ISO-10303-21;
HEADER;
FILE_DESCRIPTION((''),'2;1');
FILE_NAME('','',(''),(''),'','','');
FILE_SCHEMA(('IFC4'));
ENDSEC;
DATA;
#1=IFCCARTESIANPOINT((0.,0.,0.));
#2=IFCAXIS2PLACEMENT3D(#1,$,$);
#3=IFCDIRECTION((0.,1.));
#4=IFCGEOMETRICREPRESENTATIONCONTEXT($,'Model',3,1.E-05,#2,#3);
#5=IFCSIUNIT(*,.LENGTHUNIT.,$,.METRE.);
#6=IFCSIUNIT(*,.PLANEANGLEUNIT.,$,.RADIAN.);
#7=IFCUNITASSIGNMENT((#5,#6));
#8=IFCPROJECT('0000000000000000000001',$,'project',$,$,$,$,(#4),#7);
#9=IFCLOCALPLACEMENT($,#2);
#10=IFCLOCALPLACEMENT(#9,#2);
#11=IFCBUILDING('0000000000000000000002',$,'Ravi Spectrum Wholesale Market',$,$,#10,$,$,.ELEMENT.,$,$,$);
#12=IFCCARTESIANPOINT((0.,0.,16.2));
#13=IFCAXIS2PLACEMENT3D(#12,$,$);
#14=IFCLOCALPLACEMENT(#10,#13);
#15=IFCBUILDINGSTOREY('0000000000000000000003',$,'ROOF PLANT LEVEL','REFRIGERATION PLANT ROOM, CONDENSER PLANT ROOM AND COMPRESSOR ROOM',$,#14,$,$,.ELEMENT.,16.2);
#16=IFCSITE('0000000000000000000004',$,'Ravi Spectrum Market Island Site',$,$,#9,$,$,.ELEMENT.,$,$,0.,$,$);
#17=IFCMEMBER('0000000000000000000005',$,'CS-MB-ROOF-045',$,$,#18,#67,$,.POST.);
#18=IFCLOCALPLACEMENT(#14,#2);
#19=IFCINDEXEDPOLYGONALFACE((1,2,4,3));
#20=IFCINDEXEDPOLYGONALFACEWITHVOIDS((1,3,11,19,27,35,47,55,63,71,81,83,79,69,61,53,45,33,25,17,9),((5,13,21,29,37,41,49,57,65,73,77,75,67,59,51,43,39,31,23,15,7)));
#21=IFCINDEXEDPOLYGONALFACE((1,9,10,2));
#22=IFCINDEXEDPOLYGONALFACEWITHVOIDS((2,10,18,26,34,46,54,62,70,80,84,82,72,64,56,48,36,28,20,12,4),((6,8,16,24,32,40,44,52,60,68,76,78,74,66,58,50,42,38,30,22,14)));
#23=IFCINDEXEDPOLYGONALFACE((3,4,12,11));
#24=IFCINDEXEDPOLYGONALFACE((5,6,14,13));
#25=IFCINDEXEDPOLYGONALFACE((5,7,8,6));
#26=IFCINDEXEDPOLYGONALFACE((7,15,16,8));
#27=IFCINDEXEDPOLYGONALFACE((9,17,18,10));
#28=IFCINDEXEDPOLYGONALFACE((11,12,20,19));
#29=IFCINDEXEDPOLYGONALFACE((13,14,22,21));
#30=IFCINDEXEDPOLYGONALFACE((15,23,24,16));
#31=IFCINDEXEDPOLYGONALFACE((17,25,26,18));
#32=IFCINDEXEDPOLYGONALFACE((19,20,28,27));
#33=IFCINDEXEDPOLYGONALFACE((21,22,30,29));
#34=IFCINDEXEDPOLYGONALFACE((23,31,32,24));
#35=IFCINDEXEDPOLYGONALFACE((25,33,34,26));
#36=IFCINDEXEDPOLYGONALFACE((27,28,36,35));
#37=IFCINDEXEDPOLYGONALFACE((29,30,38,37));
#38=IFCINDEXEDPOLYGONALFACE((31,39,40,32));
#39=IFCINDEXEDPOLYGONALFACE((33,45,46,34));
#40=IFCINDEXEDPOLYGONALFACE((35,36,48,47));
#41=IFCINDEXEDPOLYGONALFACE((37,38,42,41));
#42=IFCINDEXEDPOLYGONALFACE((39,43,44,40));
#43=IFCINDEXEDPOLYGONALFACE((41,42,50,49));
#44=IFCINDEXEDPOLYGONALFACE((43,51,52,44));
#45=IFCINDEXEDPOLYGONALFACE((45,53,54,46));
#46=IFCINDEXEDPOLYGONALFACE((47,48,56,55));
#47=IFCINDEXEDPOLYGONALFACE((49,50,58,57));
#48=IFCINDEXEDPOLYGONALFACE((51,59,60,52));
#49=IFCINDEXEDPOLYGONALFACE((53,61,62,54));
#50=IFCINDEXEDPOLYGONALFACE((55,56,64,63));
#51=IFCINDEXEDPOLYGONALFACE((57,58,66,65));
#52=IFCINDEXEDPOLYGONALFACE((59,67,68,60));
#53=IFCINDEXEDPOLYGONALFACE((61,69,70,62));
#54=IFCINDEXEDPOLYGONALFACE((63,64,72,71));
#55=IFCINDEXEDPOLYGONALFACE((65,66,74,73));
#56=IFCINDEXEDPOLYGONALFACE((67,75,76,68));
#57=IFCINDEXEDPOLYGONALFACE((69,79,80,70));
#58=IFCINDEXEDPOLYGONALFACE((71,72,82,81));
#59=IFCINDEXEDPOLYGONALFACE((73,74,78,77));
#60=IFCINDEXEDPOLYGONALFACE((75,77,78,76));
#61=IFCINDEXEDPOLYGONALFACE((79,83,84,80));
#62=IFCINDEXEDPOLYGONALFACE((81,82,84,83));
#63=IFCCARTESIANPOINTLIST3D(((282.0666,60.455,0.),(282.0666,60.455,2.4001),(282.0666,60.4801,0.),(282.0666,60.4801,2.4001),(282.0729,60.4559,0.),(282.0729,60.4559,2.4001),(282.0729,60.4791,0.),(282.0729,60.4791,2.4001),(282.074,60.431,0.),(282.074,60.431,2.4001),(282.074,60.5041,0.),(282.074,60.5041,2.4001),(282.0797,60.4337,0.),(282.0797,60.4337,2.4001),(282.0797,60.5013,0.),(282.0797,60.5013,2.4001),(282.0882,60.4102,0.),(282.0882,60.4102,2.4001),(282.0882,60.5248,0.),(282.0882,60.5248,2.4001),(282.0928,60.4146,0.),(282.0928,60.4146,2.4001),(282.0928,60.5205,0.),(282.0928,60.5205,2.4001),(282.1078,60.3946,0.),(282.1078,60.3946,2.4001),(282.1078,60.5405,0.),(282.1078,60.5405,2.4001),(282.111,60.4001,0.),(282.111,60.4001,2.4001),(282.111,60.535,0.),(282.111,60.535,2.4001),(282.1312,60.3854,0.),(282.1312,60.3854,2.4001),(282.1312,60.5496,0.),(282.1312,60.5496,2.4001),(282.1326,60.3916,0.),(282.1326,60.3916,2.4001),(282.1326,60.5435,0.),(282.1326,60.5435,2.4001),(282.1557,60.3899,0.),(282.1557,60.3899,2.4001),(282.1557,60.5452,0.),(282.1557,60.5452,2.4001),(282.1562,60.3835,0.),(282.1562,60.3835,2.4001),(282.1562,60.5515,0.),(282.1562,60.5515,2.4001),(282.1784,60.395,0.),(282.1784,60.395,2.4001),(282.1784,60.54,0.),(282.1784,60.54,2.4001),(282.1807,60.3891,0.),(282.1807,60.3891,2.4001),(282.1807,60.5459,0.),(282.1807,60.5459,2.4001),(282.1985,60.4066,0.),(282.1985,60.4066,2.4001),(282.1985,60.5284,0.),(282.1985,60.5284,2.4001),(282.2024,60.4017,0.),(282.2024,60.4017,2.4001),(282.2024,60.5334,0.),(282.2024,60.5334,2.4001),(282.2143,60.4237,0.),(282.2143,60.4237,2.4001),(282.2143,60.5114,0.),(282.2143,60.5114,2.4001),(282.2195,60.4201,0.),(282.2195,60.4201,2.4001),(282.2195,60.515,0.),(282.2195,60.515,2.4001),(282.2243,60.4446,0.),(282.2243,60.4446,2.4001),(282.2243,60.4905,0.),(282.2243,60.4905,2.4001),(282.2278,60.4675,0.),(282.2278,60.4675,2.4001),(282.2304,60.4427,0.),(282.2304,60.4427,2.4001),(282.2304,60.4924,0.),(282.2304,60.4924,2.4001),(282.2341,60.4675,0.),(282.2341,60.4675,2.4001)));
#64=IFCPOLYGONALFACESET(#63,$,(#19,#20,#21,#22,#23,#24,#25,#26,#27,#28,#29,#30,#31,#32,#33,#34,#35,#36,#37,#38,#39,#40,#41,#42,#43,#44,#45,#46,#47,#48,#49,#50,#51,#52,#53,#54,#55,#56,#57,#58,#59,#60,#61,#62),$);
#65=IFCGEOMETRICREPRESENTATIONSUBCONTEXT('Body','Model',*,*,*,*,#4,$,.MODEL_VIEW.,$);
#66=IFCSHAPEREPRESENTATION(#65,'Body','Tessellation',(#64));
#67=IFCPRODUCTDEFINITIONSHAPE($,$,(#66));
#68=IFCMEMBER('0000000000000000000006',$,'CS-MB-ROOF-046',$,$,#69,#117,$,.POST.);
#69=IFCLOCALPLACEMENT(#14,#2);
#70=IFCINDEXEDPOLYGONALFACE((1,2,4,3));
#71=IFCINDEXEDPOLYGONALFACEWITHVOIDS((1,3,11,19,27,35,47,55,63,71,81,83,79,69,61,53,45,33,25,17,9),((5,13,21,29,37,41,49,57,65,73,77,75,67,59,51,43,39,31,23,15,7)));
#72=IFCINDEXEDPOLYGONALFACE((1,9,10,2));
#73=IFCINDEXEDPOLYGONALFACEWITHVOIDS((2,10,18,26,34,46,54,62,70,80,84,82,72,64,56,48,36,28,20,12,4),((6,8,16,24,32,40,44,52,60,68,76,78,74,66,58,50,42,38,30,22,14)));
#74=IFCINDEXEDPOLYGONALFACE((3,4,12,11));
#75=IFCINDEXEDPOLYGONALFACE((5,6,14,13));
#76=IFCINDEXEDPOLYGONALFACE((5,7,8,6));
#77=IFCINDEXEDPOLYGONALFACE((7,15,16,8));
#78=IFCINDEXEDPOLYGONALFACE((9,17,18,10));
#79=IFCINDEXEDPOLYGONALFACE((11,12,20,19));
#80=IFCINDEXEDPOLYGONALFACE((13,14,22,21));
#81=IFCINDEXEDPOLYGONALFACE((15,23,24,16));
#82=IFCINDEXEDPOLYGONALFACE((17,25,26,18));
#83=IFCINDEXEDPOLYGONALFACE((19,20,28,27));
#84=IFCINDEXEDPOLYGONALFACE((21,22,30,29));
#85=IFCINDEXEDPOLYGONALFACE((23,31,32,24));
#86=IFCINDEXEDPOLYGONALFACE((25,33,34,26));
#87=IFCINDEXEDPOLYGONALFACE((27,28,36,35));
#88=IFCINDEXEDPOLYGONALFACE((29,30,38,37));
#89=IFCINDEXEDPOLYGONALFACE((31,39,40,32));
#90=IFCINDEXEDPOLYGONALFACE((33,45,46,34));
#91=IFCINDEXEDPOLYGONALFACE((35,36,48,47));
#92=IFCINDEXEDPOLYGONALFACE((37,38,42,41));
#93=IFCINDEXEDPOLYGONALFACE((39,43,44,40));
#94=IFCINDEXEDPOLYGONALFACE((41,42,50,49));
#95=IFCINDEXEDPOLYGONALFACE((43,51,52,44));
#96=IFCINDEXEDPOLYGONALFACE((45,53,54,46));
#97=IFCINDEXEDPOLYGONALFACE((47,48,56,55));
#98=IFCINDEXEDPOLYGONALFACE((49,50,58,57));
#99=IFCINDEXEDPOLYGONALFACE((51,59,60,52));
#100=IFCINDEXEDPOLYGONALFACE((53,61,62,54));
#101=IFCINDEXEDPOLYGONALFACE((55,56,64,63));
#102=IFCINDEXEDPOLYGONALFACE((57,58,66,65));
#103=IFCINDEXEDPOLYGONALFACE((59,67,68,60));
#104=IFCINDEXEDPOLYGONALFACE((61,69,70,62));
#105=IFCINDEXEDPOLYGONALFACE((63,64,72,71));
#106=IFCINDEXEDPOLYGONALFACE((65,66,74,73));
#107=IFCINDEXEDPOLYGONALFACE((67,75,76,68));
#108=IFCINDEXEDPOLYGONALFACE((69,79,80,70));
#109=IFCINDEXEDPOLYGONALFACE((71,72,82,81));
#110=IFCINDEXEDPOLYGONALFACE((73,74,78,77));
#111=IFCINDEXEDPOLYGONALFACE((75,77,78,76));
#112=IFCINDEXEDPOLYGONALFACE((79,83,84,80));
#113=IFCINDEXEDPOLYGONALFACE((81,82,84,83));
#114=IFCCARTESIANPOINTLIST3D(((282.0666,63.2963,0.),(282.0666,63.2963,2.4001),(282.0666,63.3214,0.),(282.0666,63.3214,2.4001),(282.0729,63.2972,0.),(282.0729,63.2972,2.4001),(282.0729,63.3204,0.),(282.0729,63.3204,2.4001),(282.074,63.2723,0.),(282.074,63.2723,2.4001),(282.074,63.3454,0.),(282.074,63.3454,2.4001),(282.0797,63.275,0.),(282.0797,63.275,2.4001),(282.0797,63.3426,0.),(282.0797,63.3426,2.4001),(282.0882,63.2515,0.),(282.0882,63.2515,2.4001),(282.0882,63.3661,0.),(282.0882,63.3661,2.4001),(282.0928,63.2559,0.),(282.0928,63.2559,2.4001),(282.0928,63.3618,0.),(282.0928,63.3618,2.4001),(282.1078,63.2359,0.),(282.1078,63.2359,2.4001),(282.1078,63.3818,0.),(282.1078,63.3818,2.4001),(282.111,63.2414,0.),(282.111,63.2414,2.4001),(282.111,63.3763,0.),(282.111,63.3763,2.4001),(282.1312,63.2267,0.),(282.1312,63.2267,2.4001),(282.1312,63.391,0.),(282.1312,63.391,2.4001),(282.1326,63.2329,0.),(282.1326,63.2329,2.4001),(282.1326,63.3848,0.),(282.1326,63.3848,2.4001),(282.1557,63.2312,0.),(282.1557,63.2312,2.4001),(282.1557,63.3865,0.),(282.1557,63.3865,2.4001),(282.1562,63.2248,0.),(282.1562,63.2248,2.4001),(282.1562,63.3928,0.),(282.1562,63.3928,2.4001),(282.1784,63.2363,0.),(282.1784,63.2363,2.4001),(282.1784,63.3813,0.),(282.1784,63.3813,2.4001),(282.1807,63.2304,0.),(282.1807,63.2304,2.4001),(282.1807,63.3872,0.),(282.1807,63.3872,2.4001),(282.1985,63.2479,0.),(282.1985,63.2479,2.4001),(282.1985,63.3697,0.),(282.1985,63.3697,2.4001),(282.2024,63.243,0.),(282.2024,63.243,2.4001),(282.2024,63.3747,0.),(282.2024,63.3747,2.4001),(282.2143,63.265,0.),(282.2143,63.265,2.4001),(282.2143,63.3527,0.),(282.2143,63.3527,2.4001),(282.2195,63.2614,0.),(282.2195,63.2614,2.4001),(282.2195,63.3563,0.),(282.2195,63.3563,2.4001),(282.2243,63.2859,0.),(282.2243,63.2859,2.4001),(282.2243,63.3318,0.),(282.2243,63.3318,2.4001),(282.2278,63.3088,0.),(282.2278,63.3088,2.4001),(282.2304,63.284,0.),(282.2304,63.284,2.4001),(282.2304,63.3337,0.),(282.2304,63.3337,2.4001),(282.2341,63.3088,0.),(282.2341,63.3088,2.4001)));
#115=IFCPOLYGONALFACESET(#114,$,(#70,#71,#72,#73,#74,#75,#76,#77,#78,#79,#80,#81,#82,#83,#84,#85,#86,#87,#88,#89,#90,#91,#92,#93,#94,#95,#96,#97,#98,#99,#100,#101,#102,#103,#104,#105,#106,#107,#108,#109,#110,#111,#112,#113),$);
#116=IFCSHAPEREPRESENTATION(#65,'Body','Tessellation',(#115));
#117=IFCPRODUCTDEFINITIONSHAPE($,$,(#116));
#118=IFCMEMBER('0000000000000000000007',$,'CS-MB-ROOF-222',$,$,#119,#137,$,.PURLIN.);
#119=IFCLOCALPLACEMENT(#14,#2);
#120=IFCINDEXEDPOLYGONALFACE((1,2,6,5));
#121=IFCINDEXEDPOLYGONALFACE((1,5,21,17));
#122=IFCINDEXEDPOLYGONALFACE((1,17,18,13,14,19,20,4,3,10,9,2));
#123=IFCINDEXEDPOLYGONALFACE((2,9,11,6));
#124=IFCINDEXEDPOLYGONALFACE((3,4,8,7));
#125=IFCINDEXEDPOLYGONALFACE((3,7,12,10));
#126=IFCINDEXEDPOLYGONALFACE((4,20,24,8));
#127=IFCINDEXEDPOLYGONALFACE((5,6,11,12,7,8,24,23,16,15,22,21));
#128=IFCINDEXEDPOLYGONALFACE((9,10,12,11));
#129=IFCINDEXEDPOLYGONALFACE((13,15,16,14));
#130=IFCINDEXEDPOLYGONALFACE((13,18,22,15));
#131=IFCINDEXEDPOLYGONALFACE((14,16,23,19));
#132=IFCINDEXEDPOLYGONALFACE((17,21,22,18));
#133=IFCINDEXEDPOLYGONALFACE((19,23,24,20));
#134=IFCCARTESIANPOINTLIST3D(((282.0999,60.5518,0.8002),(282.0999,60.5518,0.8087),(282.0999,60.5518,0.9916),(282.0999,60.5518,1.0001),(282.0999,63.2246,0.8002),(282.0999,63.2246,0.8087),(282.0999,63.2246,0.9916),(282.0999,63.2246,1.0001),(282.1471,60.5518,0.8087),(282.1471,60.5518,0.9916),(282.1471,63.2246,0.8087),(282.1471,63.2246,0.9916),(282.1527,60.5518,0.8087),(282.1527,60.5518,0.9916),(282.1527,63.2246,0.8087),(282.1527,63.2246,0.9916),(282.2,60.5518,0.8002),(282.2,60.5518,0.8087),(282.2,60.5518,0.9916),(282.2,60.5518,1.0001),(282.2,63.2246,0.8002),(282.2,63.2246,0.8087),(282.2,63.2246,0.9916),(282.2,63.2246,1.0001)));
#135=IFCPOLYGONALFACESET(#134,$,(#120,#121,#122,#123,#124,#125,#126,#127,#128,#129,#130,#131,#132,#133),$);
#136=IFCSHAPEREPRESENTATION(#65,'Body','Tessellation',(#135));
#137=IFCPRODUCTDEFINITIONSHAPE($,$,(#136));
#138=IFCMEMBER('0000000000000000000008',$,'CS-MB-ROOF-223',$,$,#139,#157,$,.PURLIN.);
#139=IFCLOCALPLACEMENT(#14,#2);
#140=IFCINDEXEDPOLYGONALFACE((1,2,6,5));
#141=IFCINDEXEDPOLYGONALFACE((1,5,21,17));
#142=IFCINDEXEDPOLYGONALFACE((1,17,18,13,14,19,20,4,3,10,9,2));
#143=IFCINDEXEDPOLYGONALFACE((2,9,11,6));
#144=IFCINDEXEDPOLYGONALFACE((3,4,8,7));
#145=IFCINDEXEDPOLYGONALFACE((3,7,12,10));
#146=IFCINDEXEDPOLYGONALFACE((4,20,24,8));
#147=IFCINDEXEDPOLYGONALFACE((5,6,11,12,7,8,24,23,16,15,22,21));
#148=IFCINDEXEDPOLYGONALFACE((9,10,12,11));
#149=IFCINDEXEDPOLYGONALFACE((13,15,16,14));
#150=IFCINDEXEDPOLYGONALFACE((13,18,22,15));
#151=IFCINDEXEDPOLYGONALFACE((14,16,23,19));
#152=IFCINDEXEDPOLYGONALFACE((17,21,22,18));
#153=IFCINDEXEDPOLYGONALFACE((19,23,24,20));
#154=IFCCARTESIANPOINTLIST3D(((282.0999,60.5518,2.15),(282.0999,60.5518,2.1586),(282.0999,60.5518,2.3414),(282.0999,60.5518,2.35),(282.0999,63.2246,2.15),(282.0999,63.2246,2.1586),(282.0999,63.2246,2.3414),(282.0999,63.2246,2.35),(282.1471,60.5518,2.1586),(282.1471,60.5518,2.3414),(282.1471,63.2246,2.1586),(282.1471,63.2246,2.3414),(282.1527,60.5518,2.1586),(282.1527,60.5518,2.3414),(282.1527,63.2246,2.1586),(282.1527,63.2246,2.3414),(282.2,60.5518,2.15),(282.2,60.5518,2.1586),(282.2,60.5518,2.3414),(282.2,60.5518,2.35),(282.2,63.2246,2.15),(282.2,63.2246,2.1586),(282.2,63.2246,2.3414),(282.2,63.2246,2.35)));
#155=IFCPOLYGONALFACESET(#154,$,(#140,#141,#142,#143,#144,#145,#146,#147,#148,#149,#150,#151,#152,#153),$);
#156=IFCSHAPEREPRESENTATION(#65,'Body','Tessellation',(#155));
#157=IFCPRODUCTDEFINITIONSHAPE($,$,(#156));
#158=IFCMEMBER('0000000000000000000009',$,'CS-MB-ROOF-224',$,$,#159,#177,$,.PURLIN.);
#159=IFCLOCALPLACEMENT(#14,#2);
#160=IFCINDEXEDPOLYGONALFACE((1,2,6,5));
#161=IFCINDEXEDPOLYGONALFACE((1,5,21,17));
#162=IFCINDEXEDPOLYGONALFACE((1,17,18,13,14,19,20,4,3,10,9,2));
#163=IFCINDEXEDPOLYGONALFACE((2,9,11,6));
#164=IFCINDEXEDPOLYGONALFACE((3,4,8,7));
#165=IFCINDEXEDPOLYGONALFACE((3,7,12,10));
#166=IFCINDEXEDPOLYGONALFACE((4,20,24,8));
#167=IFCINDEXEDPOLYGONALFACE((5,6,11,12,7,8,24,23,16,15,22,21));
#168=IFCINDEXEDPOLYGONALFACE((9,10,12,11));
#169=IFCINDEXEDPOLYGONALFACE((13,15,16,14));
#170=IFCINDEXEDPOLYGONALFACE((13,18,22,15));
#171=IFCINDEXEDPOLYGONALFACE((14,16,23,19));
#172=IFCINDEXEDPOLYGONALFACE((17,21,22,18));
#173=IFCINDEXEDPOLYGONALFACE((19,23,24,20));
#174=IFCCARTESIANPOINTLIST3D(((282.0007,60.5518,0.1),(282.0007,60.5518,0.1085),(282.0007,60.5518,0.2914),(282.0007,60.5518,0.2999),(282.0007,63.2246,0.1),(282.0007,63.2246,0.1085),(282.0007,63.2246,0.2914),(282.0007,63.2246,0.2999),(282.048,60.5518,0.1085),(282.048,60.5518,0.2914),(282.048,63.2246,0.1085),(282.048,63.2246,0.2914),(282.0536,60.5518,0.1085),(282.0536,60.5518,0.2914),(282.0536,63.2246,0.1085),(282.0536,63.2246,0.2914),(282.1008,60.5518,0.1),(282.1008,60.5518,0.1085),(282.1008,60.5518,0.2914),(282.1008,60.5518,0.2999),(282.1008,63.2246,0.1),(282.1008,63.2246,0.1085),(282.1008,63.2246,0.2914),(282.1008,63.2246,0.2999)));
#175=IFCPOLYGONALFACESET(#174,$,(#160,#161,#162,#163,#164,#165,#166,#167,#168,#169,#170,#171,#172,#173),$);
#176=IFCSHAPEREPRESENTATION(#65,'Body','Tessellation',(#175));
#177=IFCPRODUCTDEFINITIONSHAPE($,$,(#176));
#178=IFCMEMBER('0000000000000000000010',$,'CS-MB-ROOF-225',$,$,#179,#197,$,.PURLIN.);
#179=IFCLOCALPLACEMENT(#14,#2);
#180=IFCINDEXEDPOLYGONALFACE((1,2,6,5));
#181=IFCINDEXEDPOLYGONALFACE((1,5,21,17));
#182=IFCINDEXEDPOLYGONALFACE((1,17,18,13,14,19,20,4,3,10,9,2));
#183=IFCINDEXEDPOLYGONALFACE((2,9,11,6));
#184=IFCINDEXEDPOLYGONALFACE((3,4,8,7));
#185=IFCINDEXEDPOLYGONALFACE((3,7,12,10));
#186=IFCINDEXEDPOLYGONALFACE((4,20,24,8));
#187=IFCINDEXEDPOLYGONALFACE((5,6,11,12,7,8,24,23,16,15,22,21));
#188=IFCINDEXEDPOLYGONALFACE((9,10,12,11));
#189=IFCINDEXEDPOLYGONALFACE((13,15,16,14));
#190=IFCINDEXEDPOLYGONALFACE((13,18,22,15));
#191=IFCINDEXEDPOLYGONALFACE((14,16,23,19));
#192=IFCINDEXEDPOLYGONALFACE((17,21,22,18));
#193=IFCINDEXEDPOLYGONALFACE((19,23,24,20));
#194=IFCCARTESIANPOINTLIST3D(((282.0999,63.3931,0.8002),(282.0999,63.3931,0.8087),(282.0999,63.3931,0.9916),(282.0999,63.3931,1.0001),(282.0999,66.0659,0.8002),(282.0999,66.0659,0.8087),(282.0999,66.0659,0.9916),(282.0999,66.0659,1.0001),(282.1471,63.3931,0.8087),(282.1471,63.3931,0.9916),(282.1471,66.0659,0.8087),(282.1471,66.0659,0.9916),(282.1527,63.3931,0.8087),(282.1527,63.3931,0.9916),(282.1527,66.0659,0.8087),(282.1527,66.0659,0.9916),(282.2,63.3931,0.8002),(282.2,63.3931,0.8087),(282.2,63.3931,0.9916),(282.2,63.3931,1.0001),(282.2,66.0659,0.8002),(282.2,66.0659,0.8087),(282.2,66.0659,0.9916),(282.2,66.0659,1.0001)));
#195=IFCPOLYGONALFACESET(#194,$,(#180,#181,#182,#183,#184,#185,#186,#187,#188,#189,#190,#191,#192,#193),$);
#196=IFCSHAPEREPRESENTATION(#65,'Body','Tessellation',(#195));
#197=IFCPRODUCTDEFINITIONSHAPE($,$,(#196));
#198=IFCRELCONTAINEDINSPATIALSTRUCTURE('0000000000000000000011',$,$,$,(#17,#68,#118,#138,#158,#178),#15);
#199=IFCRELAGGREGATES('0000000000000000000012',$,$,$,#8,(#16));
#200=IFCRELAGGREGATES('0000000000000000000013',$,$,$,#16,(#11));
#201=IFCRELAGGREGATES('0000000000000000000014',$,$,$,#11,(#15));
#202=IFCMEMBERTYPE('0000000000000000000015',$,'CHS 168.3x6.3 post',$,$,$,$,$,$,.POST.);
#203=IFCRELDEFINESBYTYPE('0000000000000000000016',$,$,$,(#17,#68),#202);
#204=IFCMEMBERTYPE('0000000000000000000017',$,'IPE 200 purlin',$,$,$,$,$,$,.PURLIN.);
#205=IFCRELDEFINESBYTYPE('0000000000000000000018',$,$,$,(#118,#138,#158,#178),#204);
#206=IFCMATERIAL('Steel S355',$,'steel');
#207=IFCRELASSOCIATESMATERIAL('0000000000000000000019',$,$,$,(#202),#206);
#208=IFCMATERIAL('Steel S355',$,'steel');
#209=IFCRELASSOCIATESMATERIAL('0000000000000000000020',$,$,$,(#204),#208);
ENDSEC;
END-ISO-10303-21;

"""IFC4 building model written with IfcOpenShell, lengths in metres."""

from ifc_helpers import new_model, si_unit, direction, frame, origin, origin_2d, place, context, subcontext, project, spatial, hollow_circle, i_section, extrude, material, material_profile, profile_set, type_object, element, save


model = new_model("IFC4")

# Units and contexts
model_context = context("Model", 3, precision=1e-05, world=origin(), true_north=direction((0.0, 1.0)))
body_context = subcontext(model_context, "Body", "Model", "MODEL_VIEW")
ifc_project = project(units=[si_unit("LENGTHUNIT", "METRE"), si_unit("PLANEANGLEUNIT", "RADIAN")], contexts=[model_context])

# Site, building, storey
site_placement = place(None, origin())
site = spatial("IfcSite", under=ifc_project, at=site_placement, Name="Ravi Spectrum Market Island Site", CompositionType="ELEMENT", RefElevation=0.0)
building_placement = place(site_placement, origin())
building = spatial("IfcBuilding", under=site, at=building_placement, Name="Ravi Spectrum Wholesale Market", CompositionType="ELEMENT")
storey_placement = place(building_placement, frame((0.0, 0.0, 16.2)))
storey = spatial("IfcBuildingStorey", under=building, at=storey_placement, Name="ROOF PLANT LEVEL", Description="REFRIGERATION PLANT ROOM, CONDENSER PLANT ROOM AND COMPRESSOR ROOM", CompositionType="ELEMENT", Elevation=16.2)

# Members
ifc_material_1 = material(Name="Steel S355", Category="steel")
ifc_material_profile_1 = material_profile(ifc_material_1, hollow_circle(Radius=0.0842, WallThickness=0.0063, at=origin_2d()))
ifc_profile_set_1 = profile_set([ifc_material_profile_1], Name="Steel S355")
member_type_1 = type_object("IfcMemberType", Name="CHS 168.3x6.3 post", PredefinedType="POST", material=ifc_profile_set_1)
for number, where, z_axis, x_axis, name in (
    (1, (282.1499, 60.4675, 0.0), (0.0, 0.0, 1.0), (1.0, 0.0, 0.0), "CS-MB-ROOF-045"),
    (2, (282.1499, 63.3088, 0.0), (0.0, 0.0, 1.0), (1.0, 0.0, 0.0), "CS-MB-ROOF-046"),
):
    element("IfcMember", number, at=place(storey_placement, frame(where, z_axis=z_axis, x_axis=x_axis)), inside=storey, type_object=member_type_1, Name=name, PredefinedType="POST", context=body_context, shape_type="SweptSolid", body=[
        extrude(hollow_circle(Radius=0.0842, WallThickness=0.0063, at=origin_2d()), origin(), (0.0, 0.0, 1.0), 2.4001),
    ])
ifc_material_2 = material(Name="Steel S355", Category="steel")
ifc_material_profile_2 = material_profile(ifc_material_2, i_section(OverallWidth=0.1001, OverallDepth=0.2, WebThickness=0.0056, FlangeThickness=0.0085, at=origin_2d()))
ifc_profile_set_2 = profile_set([ifc_material_profile_2], Name="Steel S355")
member_type_2 = type_object("IfcMemberType", Name="IPE 200 purlin", PredefinedType="PURLIN", material=ifc_profile_set_2)
for number, where, z_axis, x_axis, name in (
    (3, (282.1499, 60.5518, 0.9001), (0.0, 1.0, 0.0), (-1.0, 0.0, 0.0), "CS-MB-ROOF-222"),
    (4, (282.1499, 60.5518, 2.25), (0.0, 1.0, 0.0), (-1.0, 0.0, 0.0), "CS-MB-ROOF-223"),
    (5, (282.0508, 60.5518, 0.2), (0.0, 1.0, 0.0), (-1.0, 0.0, 0.0), "CS-MB-ROOF-224"),
    (6, (282.1499, 63.3931, 0.9001), (0.0, 1.0, 0.0), (-1.0, 0.0, 0.0), "CS-MB-ROOF-225"),
):
    element("IfcMember", number, at=place(storey_placement, frame(where, z_axis=z_axis, x_axis=x_axis)), inside=storey, type_object=member_type_2, Name=name, PredefinedType="PURLIN", context=body_context, shape_type="SweptSolid", body=[
        extrude(i_section(OverallWidth=0.1001, OverallDepth=0.2, WebThickness=0.0056, FlangeThickness=0.0085, at=origin_2d()), origin(), (0.0, 0.0, 1.0), 2.6729),
    ])

save(model, "model.ifc")
